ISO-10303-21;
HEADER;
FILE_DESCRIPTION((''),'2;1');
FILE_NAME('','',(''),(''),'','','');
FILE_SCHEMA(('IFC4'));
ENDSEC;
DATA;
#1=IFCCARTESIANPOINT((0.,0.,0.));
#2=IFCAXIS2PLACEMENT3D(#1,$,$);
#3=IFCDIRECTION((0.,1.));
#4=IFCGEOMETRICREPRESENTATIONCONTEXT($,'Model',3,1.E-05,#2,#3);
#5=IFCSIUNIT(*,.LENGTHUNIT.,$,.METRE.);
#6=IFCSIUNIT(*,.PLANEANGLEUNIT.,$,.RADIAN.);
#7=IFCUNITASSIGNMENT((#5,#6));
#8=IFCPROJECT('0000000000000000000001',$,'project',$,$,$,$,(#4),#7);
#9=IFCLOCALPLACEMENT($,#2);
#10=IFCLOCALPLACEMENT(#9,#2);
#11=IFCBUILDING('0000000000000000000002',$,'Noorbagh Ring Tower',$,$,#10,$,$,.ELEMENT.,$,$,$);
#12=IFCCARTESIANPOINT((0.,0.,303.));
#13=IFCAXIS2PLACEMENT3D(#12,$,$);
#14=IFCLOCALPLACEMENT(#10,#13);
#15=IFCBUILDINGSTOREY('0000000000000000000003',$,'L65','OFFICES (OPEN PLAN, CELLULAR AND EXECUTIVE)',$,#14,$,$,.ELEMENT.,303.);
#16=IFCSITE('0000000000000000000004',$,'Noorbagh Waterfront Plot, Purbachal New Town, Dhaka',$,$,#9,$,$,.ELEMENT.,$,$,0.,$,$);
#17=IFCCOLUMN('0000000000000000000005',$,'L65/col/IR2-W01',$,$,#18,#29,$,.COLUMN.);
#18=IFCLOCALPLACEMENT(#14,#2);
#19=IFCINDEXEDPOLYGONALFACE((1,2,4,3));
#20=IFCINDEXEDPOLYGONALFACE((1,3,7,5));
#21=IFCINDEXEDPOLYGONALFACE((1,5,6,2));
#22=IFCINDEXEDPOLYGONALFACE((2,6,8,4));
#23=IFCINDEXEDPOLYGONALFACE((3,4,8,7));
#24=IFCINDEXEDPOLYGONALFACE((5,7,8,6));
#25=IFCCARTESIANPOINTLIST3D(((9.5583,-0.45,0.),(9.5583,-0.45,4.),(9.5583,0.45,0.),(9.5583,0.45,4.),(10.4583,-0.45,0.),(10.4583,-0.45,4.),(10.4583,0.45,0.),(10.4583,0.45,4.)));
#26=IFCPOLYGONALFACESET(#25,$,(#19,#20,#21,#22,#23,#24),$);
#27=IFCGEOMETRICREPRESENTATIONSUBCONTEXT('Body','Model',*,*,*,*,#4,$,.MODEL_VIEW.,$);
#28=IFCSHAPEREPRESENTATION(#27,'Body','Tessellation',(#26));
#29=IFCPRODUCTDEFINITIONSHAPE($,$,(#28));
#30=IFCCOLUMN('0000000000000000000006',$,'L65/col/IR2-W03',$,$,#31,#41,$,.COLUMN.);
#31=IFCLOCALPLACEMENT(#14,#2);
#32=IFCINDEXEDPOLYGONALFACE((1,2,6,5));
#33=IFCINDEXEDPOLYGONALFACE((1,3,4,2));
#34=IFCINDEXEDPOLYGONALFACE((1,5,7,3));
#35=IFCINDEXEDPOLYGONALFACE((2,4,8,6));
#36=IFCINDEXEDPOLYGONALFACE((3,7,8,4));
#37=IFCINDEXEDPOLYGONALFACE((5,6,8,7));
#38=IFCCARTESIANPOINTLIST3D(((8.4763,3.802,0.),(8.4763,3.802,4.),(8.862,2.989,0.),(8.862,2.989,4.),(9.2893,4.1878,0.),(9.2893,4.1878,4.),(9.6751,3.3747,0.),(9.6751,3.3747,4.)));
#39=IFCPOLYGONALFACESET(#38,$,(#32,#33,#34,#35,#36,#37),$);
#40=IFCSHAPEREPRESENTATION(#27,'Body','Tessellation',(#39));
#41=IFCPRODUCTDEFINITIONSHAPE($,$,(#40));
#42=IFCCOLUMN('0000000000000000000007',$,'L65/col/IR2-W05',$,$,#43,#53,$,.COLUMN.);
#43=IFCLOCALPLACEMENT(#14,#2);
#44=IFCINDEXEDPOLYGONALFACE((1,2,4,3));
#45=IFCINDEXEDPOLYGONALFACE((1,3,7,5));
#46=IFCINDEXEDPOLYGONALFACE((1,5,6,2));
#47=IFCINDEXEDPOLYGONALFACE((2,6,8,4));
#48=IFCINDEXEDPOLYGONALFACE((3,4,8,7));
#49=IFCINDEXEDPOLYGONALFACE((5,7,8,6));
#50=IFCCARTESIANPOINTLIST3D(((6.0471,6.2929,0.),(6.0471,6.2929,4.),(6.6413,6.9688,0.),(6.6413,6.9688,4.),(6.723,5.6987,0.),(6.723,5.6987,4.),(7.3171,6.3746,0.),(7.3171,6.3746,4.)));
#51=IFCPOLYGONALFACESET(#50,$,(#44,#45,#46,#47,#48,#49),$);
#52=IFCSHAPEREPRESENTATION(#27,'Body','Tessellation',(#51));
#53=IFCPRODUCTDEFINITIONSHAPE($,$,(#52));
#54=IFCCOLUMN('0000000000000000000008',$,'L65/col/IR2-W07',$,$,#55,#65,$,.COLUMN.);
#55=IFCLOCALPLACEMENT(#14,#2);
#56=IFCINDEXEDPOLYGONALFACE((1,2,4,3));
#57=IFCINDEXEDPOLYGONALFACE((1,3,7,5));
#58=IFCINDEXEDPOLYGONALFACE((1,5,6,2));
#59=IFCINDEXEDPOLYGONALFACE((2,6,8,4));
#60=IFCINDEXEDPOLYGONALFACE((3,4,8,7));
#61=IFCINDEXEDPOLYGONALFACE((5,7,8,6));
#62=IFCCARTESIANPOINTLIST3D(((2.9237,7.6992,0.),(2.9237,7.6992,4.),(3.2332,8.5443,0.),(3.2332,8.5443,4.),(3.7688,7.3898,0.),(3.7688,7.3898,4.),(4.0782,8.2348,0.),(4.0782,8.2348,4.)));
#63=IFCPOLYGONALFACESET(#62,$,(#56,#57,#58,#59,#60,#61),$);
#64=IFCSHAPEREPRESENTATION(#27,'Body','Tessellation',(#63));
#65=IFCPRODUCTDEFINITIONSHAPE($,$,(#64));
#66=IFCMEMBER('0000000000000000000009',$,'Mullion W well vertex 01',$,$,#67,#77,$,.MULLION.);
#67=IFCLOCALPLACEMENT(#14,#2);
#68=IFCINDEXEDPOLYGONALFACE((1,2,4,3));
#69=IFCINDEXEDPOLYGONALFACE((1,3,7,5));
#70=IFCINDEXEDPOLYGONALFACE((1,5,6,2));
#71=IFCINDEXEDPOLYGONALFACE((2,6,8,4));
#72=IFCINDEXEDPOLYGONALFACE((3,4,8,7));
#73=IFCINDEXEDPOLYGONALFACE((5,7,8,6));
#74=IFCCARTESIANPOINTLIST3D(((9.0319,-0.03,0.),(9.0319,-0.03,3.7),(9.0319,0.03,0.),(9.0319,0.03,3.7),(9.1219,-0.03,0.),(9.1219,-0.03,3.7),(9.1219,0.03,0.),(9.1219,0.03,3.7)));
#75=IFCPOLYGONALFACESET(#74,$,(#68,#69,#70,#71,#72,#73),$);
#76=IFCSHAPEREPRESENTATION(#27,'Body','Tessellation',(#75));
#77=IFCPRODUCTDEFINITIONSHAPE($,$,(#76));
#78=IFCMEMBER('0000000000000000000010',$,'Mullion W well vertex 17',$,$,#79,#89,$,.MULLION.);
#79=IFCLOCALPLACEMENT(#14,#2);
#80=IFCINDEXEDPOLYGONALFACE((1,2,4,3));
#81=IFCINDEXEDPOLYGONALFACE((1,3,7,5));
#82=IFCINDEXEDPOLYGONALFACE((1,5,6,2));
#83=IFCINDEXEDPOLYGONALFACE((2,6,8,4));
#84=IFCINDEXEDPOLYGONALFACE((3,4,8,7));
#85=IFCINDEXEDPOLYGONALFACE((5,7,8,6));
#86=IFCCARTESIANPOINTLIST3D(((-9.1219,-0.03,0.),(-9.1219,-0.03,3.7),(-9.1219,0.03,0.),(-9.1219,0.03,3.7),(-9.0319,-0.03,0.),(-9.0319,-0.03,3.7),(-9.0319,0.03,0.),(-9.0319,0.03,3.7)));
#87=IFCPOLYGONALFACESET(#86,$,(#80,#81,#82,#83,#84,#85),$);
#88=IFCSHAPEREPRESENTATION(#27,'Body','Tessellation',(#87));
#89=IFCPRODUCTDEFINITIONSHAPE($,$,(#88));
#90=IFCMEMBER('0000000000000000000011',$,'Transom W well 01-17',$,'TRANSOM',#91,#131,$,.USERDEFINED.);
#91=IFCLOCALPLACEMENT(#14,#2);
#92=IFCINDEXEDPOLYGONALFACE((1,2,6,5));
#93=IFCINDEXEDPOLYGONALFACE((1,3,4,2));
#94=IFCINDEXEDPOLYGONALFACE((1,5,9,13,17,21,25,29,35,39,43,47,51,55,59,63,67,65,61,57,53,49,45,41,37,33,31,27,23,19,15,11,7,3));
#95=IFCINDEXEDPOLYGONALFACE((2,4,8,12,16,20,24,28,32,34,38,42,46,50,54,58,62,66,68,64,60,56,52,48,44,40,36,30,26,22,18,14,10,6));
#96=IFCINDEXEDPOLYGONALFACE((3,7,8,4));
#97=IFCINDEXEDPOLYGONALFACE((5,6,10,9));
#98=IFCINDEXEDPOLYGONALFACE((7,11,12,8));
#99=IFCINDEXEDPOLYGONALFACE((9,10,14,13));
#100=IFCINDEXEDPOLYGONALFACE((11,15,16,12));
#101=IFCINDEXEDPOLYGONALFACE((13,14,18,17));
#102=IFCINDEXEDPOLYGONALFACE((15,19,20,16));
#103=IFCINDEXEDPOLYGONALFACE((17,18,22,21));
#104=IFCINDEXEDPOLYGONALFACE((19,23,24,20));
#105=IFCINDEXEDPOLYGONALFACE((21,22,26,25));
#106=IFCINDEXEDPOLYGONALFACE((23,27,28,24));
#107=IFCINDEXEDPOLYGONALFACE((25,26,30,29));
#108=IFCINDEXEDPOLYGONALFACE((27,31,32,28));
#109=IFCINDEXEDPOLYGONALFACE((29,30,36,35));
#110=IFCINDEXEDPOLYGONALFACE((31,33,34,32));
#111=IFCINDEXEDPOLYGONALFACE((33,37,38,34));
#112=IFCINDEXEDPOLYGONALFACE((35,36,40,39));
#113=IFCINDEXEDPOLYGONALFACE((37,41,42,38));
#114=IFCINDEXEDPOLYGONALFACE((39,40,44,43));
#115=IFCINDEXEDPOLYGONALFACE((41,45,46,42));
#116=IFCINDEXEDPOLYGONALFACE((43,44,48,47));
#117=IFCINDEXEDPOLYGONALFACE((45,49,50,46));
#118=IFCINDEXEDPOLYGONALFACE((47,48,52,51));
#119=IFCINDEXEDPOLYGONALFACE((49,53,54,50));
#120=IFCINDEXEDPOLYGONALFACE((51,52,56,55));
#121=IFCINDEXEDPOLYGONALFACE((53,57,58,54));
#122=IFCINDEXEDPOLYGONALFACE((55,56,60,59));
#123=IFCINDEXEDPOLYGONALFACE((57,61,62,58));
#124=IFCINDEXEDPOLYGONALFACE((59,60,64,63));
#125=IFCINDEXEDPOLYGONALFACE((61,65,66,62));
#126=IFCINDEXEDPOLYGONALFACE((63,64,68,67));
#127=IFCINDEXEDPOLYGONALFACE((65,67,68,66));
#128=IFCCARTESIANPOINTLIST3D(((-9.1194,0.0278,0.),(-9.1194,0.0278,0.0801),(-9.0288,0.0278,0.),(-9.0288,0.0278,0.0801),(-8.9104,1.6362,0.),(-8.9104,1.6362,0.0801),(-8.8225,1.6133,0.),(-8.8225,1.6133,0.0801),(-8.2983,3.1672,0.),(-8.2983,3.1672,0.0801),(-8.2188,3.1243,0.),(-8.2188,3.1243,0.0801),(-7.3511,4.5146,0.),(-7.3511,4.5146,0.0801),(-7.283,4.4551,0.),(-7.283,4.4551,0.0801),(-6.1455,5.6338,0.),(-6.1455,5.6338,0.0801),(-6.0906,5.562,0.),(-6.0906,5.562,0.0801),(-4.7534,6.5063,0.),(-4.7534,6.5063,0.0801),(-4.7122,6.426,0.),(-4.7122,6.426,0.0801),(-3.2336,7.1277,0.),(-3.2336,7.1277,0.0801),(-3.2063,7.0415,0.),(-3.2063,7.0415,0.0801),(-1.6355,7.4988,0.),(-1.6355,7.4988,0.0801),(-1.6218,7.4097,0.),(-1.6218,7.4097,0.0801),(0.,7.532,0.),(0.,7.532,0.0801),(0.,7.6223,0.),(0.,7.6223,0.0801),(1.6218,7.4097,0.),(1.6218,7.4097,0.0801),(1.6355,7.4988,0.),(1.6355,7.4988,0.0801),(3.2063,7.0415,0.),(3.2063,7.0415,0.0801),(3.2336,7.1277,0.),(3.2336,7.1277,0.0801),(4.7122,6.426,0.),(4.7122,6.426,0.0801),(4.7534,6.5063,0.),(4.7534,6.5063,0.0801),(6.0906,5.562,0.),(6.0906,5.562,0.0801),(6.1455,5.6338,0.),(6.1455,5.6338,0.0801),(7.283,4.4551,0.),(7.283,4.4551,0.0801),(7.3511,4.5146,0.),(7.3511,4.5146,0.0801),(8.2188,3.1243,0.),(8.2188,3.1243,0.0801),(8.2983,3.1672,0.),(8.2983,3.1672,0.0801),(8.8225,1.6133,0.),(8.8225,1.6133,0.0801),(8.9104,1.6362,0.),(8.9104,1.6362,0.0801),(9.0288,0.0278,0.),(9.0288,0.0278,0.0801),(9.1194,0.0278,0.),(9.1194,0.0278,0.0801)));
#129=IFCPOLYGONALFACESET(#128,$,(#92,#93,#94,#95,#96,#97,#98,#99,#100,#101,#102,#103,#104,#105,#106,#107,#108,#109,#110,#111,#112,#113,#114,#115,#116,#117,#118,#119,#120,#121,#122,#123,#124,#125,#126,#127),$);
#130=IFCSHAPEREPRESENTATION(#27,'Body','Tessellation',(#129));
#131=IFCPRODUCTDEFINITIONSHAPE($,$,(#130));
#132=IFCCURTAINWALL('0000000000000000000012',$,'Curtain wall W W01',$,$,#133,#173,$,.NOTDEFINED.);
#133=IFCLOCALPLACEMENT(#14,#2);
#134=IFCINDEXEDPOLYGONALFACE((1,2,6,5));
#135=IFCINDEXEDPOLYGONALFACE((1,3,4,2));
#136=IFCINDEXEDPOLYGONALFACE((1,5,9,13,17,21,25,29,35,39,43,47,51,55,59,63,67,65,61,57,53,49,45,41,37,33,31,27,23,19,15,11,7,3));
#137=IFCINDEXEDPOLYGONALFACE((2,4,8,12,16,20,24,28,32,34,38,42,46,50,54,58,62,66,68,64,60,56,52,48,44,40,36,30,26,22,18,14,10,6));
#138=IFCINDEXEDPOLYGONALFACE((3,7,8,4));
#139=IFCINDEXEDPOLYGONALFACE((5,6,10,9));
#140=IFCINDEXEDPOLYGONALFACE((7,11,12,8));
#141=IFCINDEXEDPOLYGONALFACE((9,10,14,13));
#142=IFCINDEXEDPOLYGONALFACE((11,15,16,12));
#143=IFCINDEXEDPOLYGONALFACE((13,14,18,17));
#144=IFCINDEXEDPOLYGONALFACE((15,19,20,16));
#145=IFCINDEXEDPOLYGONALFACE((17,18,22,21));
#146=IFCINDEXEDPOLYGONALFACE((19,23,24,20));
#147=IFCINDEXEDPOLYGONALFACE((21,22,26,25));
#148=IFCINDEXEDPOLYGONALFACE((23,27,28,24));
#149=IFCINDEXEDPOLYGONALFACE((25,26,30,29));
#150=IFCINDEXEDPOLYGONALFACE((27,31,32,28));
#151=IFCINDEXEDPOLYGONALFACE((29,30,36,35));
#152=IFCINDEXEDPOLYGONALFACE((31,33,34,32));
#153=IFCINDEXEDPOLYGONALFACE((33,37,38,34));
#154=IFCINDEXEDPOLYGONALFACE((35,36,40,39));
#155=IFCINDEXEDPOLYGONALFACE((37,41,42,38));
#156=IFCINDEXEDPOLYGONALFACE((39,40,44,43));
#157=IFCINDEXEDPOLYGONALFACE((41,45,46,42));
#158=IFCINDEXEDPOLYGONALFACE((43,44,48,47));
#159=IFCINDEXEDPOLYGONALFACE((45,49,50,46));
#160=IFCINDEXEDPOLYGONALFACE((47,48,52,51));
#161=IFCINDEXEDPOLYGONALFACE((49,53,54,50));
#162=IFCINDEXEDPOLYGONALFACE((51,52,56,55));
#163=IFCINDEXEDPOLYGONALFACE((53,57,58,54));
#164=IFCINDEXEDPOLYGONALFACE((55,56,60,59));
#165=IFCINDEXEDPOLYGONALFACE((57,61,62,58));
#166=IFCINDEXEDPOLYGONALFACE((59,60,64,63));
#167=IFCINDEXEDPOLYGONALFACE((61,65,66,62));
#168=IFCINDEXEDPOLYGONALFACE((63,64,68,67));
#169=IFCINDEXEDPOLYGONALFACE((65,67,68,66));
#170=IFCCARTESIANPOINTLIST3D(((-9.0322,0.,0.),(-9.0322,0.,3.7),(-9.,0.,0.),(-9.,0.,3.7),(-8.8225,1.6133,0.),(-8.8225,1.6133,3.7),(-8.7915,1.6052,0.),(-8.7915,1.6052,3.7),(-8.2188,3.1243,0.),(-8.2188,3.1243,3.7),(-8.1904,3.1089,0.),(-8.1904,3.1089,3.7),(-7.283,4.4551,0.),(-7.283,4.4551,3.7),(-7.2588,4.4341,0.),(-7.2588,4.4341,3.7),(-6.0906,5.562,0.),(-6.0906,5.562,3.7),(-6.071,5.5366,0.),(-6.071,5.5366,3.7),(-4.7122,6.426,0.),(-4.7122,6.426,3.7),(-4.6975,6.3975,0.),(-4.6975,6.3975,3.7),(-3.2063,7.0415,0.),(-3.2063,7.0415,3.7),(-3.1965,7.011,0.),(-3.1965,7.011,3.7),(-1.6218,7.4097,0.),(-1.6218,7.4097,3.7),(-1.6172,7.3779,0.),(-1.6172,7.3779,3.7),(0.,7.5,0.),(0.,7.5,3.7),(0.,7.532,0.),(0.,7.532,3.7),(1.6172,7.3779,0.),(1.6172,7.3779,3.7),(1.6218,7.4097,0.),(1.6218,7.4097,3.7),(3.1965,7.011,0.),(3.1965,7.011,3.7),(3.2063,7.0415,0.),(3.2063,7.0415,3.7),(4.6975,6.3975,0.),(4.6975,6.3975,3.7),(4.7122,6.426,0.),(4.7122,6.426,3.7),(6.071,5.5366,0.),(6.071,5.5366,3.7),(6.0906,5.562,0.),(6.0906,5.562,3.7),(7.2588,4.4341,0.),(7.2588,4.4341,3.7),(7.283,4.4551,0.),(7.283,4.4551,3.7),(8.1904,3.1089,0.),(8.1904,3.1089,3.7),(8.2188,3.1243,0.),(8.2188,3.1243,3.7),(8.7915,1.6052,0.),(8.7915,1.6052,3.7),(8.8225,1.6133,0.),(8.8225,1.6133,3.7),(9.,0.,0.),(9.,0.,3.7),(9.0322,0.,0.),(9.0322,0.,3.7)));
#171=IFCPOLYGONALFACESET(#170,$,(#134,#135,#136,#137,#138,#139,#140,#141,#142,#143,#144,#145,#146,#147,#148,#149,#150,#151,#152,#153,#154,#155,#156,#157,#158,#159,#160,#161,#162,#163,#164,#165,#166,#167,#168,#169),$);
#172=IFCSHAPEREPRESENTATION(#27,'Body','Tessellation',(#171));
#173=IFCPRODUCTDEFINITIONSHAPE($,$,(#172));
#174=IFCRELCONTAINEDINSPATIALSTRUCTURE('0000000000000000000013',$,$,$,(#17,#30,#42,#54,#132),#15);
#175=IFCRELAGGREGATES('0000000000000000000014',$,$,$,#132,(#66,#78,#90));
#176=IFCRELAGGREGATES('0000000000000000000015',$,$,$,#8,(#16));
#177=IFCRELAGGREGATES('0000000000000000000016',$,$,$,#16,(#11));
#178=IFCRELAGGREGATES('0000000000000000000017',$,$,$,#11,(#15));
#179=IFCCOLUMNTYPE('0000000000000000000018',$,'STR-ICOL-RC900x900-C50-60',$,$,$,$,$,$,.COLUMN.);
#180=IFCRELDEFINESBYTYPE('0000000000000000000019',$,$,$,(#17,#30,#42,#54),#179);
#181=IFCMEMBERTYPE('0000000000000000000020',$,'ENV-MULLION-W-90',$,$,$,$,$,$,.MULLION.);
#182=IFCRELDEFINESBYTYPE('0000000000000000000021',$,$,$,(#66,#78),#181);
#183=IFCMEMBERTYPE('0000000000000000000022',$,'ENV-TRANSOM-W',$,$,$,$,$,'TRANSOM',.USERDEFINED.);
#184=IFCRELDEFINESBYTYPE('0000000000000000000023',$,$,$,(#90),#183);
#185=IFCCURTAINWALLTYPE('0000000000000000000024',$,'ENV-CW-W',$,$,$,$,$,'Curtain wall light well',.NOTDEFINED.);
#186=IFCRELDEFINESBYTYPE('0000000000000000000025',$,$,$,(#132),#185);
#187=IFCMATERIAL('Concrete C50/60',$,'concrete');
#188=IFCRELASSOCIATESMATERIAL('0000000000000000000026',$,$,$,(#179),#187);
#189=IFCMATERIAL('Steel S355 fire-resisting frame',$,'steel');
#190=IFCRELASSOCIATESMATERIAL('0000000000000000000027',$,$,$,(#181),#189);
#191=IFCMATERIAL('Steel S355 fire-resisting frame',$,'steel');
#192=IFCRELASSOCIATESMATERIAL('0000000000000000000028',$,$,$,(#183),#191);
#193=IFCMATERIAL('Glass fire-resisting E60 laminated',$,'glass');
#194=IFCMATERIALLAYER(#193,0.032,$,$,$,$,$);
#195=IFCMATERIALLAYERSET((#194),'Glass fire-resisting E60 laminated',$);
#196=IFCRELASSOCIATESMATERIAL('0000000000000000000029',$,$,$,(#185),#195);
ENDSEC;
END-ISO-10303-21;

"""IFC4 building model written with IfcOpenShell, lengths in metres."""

from ifc_helpers import new_model, si_unit, direction, frame, origin, origin_2d, place, context, subcontext, project, spatial, polyline, rectangle, outline, extrude, material, layer, layer_set, material_profile, profile_set, type_object, element, aggregate, save


model = new_model("IFC4")

# Units and contexts
model_context = context("Model", 3, precision=1e-05, world=origin(), true_north=direction((0.0, 1.0)))
body_context = subcontext(model_context, "Body", "Model", "MODEL_VIEW")
ifc_project = project(units=[si_unit("LENGTHUNIT", "METRE"), si_unit("PLANEANGLEUNIT", "RADIAN")], contexts=[model_context])

# Site, building, storey
site_placement = place(None, origin())
site = spatial("IfcSite", under=ifc_project, at=site_placement, Name="Noorbagh Waterfront Plot, Purbachal New Town, Dhaka", CompositionType="ELEMENT", RefElevation=0.0)
building_placement = place(site_placement, origin())
building = spatial("IfcBuilding", under=site, at=building_placement, Name="Noorbagh Ring Tower", CompositionType="ELEMENT")
storey_placement = place(building_placement, frame((0.0, 0.0, 303.0)))
storey = spatial("IfcBuildingStorey", under=building, at=storey_placement, Name="L65", Description="OFFICES (OPEN PLAN, CELLULAR AND EXECUTIVE)", CompositionType="ELEMENT", Elevation=303.0)

# Columns
ifc_material_1 = material(Name="Concrete C50/60", Category="concrete")
ifc_material_profile_1 = material_profile(ifc_material_1, rectangle(XDim=0.8999, YDim=0.8999, at=origin_2d()), Name="RC900x900")
ifc_profile_set_1 = profile_set([ifc_material_profile_1], Name="Concrete C50/60")
column_type = type_object("IfcColumnType", Name="STR-ICOL-RC900x900-C50-60", PredefinedType="COLUMN", material=ifc_profile_set_1)
for number, where, z_axis, x_axis, name in (
    (1, (10.0083, 0.0, 0.0), (0.0, 0.0, 1.0), (0.0, 1.0, 0.0), "L65/col/IR2-W01"),
    (2, (9.0757, 3.5884, 0.0), (0.0, 0.0, 1.0), (-0.428667, 0.903463, 0.0), "L65/col/IR2-W03"),
    (3, (6.6821, 6.3337, 0.0), (0.0, 0.0, 1.0), (-0.751022, 0.660277, 0.0), "L65/col/IR2-W05"),
    (4, (3.501, 7.967, 0.0), (0.0, 0.0, 1.0), (-0.93902, 0.343864, 0.0), "L65/col/IR2-W07"),
):
    element("IfcColumn", number, at=place(storey_placement, frame(where, z_axis=z_axis, x_axis=x_axis)), inside=storey, type_object=column_type, Name=name, PredefinedType="COLUMN", context=body_context, shape_type="SweptSolid", body=[
        extrude(rectangle(XDim=0.8999, YDim=0.8999, at=origin_2d()), origin(), (0.0, 0.0, 1.0), 4.0),
    ])

# Members
ifc_material_2 = material(Name="Steel S355 fire-resisting frame", Category="steel")
ifc_material_profile_2 = material_profile(ifc_material_2, rectangle(XDim=0.0901, YDim=0.0601, at=origin_2d()), Name="90x60")
ifc_profile_set_2 = profile_set([ifc_material_profile_2], Name="Steel S355 fire-resisting frame")
member_type_1 = type_object("IfcMemberType", Name="ENV-MULLION-W-90", PredefinedType="MULLION", material=ifc_profile_set_2)
member_1_placement = place(storey_placement, frame((9.0769, 0.0, 0.0), z_axis=(0.0, 0.0, 1.0), x_axis=(1.0, 0.0, 0.0)))
member_1 = element("IfcMember", 5, at=member_1_placement, type_object=member_type_1, Name="Mullion W well vertex 01", PredefinedType="MULLION", context=body_context, shape_type="SweptSolid", body=[
    extrude(rectangle(XDim=0.0901, YDim=0.0601, at=origin_2d()), origin(), (0.0, 0.0, 1.0), 3.7),
])
member_2_placement = place(storey_placement, frame((-9.0769, 0.0, 0.0), z_axis=(0.0, 0.0, 1.0), x_axis=(-1.0, 0.0, 0.0)))
member_2 = element("IfcMember", 6, at=member_2_placement, type_object=member_type_1, Name="Mullion W well vertex 17", PredefinedType="MULLION", context=body_context, shape_type="SweptSolid", body=[
    extrude(rectangle(XDim=0.0901, YDim=0.0601, at=origin_2d()), origin(), (0.0, 0.0, 1.0), 3.7),
])
ifc_material_3 = material(Name="Steel S355 fire-resisting frame", Category="steel")
member_type_2 = type_object("IfcMemberType", Name="ENV-TRANSOM-W", ElementType="TRANSOM", PredefinedType="USERDEFINED", material=ifc_material_3)
member_3_placement = place(storey_placement, origin())
member_3 = element("IfcMember", 7, at=member_3_placement, type_object=member_type_2, Name="Transom W well 01-17", ObjectType="TRANSOM", PredefinedType="USERDEFINED", context=body_context, shape_type="SweptSolid", body=[
    extrude(outline(polyline([(9.1194, 0.0278), (8.9104, 1.6362), (8.2983, 3.1672), (7.3511, 4.5146), (6.1455, 5.6338), (4.7534, 6.5063), (3.2336, 7.1277), (1.6355, 7.4988), (0.0, 7.6223), (-1.6355, 7.4988), (-3.2336, 7.1277), (-4.7534, 6.5063), (-6.1455, 5.6338), (-7.3511, 4.5146), (-8.2983, 3.1672), (-8.9104, 1.6362), (-9.1194, 0.0278), (-9.0288, 0.0278), (-8.8225, 1.6133), (-8.2188, 3.1243), (-7.283, 4.4551), (-6.0906, 5.562), (-4.7122, 6.426), (-3.2063, 7.0415), (-1.6218, 7.4097), (0.0, 7.532), (1.6218, 7.4097), (3.2063, 7.0415), (4.7122, 6.426), (6.0906, 5.562), (7.283, 4.4551), (8.2188, 3.1243), (8.8225, 1.6133), (9.0288, 0.0278), (9.1194, 0.0278)])), origin(), (0.0, 0.0, 1.0), 0.0801),
])

# Curtain wall
ifc_material_4 = material(Name="Glass fire-resisting E60 laminated", Category="glass")
ifc_layer_1 = layer(ifc_material_4, 0.032)
ifc_layer_set_1 = layer_set([ifc_layer_1], Name="Glass fire-resisting E60 laminated")
curtain_wall_type_1 = type_object("IfcCurtainWallType", Name="ENV-CW-W", ElementType="Curtain wall light well", PredefinedType="NOTDEFINED", material=ifc_layer_set_1)
curtain_wall_1_placement = place(storey_placement, origin())
curtain_wall_1 = element("IfcCurtainWall", 8, at=curtain_wall_1_placement, inside=storey, type_object=curtain_wall_type_1, Name="Curtain wall W W01", PredefinedType="NOTDEFINED", context=body_context, shape_type="SweptSolid", body=[
    extrude(outline(polyline([(9.0322, 0.0), (8.8225, 1.6133), (8.2188, 3.1243), (7.283, 4.4551), (6.0906, 5.562), (4.7122, 6.426), (3.2063, 7.0415), (1.6218, 7.4097), (0.0, 7.532), (-1.6218, 7.4097), (-3.2063, 7.0415), (-4.7122, 6.426), (-6.0906, 5.562), (-7.283, 4.4551), (-8.2188, 3.1243), (-8.8225, 1.6133), (-9.0322, 0.0), (-9.0, 0.0), (-8.7915, 1.6052), (-8.1904, 3.1089), (-7.2588, 4.4341), (-6.071, 5.5366), (-4.6975, 6.3975), (-3.1965, 7.011), (-1.6172, 7.3779), (0.0, 7.5), (1.6172, 7.3779), (3.1965, 7.011), (4.6975, 6.3975), (6.071, 5.5366), (7.2588, 4.4341), (8.1904, 3.1089), (8.7915, 1.6052), (9.0, 0.0), (9.0322, 0.0)])), origin(), (0.0, 0.0, 1.0), 3.7),
])
aggregate(curtain_wall_1, [member_1, member_2, member_3])

save(model, "model.ifc")
